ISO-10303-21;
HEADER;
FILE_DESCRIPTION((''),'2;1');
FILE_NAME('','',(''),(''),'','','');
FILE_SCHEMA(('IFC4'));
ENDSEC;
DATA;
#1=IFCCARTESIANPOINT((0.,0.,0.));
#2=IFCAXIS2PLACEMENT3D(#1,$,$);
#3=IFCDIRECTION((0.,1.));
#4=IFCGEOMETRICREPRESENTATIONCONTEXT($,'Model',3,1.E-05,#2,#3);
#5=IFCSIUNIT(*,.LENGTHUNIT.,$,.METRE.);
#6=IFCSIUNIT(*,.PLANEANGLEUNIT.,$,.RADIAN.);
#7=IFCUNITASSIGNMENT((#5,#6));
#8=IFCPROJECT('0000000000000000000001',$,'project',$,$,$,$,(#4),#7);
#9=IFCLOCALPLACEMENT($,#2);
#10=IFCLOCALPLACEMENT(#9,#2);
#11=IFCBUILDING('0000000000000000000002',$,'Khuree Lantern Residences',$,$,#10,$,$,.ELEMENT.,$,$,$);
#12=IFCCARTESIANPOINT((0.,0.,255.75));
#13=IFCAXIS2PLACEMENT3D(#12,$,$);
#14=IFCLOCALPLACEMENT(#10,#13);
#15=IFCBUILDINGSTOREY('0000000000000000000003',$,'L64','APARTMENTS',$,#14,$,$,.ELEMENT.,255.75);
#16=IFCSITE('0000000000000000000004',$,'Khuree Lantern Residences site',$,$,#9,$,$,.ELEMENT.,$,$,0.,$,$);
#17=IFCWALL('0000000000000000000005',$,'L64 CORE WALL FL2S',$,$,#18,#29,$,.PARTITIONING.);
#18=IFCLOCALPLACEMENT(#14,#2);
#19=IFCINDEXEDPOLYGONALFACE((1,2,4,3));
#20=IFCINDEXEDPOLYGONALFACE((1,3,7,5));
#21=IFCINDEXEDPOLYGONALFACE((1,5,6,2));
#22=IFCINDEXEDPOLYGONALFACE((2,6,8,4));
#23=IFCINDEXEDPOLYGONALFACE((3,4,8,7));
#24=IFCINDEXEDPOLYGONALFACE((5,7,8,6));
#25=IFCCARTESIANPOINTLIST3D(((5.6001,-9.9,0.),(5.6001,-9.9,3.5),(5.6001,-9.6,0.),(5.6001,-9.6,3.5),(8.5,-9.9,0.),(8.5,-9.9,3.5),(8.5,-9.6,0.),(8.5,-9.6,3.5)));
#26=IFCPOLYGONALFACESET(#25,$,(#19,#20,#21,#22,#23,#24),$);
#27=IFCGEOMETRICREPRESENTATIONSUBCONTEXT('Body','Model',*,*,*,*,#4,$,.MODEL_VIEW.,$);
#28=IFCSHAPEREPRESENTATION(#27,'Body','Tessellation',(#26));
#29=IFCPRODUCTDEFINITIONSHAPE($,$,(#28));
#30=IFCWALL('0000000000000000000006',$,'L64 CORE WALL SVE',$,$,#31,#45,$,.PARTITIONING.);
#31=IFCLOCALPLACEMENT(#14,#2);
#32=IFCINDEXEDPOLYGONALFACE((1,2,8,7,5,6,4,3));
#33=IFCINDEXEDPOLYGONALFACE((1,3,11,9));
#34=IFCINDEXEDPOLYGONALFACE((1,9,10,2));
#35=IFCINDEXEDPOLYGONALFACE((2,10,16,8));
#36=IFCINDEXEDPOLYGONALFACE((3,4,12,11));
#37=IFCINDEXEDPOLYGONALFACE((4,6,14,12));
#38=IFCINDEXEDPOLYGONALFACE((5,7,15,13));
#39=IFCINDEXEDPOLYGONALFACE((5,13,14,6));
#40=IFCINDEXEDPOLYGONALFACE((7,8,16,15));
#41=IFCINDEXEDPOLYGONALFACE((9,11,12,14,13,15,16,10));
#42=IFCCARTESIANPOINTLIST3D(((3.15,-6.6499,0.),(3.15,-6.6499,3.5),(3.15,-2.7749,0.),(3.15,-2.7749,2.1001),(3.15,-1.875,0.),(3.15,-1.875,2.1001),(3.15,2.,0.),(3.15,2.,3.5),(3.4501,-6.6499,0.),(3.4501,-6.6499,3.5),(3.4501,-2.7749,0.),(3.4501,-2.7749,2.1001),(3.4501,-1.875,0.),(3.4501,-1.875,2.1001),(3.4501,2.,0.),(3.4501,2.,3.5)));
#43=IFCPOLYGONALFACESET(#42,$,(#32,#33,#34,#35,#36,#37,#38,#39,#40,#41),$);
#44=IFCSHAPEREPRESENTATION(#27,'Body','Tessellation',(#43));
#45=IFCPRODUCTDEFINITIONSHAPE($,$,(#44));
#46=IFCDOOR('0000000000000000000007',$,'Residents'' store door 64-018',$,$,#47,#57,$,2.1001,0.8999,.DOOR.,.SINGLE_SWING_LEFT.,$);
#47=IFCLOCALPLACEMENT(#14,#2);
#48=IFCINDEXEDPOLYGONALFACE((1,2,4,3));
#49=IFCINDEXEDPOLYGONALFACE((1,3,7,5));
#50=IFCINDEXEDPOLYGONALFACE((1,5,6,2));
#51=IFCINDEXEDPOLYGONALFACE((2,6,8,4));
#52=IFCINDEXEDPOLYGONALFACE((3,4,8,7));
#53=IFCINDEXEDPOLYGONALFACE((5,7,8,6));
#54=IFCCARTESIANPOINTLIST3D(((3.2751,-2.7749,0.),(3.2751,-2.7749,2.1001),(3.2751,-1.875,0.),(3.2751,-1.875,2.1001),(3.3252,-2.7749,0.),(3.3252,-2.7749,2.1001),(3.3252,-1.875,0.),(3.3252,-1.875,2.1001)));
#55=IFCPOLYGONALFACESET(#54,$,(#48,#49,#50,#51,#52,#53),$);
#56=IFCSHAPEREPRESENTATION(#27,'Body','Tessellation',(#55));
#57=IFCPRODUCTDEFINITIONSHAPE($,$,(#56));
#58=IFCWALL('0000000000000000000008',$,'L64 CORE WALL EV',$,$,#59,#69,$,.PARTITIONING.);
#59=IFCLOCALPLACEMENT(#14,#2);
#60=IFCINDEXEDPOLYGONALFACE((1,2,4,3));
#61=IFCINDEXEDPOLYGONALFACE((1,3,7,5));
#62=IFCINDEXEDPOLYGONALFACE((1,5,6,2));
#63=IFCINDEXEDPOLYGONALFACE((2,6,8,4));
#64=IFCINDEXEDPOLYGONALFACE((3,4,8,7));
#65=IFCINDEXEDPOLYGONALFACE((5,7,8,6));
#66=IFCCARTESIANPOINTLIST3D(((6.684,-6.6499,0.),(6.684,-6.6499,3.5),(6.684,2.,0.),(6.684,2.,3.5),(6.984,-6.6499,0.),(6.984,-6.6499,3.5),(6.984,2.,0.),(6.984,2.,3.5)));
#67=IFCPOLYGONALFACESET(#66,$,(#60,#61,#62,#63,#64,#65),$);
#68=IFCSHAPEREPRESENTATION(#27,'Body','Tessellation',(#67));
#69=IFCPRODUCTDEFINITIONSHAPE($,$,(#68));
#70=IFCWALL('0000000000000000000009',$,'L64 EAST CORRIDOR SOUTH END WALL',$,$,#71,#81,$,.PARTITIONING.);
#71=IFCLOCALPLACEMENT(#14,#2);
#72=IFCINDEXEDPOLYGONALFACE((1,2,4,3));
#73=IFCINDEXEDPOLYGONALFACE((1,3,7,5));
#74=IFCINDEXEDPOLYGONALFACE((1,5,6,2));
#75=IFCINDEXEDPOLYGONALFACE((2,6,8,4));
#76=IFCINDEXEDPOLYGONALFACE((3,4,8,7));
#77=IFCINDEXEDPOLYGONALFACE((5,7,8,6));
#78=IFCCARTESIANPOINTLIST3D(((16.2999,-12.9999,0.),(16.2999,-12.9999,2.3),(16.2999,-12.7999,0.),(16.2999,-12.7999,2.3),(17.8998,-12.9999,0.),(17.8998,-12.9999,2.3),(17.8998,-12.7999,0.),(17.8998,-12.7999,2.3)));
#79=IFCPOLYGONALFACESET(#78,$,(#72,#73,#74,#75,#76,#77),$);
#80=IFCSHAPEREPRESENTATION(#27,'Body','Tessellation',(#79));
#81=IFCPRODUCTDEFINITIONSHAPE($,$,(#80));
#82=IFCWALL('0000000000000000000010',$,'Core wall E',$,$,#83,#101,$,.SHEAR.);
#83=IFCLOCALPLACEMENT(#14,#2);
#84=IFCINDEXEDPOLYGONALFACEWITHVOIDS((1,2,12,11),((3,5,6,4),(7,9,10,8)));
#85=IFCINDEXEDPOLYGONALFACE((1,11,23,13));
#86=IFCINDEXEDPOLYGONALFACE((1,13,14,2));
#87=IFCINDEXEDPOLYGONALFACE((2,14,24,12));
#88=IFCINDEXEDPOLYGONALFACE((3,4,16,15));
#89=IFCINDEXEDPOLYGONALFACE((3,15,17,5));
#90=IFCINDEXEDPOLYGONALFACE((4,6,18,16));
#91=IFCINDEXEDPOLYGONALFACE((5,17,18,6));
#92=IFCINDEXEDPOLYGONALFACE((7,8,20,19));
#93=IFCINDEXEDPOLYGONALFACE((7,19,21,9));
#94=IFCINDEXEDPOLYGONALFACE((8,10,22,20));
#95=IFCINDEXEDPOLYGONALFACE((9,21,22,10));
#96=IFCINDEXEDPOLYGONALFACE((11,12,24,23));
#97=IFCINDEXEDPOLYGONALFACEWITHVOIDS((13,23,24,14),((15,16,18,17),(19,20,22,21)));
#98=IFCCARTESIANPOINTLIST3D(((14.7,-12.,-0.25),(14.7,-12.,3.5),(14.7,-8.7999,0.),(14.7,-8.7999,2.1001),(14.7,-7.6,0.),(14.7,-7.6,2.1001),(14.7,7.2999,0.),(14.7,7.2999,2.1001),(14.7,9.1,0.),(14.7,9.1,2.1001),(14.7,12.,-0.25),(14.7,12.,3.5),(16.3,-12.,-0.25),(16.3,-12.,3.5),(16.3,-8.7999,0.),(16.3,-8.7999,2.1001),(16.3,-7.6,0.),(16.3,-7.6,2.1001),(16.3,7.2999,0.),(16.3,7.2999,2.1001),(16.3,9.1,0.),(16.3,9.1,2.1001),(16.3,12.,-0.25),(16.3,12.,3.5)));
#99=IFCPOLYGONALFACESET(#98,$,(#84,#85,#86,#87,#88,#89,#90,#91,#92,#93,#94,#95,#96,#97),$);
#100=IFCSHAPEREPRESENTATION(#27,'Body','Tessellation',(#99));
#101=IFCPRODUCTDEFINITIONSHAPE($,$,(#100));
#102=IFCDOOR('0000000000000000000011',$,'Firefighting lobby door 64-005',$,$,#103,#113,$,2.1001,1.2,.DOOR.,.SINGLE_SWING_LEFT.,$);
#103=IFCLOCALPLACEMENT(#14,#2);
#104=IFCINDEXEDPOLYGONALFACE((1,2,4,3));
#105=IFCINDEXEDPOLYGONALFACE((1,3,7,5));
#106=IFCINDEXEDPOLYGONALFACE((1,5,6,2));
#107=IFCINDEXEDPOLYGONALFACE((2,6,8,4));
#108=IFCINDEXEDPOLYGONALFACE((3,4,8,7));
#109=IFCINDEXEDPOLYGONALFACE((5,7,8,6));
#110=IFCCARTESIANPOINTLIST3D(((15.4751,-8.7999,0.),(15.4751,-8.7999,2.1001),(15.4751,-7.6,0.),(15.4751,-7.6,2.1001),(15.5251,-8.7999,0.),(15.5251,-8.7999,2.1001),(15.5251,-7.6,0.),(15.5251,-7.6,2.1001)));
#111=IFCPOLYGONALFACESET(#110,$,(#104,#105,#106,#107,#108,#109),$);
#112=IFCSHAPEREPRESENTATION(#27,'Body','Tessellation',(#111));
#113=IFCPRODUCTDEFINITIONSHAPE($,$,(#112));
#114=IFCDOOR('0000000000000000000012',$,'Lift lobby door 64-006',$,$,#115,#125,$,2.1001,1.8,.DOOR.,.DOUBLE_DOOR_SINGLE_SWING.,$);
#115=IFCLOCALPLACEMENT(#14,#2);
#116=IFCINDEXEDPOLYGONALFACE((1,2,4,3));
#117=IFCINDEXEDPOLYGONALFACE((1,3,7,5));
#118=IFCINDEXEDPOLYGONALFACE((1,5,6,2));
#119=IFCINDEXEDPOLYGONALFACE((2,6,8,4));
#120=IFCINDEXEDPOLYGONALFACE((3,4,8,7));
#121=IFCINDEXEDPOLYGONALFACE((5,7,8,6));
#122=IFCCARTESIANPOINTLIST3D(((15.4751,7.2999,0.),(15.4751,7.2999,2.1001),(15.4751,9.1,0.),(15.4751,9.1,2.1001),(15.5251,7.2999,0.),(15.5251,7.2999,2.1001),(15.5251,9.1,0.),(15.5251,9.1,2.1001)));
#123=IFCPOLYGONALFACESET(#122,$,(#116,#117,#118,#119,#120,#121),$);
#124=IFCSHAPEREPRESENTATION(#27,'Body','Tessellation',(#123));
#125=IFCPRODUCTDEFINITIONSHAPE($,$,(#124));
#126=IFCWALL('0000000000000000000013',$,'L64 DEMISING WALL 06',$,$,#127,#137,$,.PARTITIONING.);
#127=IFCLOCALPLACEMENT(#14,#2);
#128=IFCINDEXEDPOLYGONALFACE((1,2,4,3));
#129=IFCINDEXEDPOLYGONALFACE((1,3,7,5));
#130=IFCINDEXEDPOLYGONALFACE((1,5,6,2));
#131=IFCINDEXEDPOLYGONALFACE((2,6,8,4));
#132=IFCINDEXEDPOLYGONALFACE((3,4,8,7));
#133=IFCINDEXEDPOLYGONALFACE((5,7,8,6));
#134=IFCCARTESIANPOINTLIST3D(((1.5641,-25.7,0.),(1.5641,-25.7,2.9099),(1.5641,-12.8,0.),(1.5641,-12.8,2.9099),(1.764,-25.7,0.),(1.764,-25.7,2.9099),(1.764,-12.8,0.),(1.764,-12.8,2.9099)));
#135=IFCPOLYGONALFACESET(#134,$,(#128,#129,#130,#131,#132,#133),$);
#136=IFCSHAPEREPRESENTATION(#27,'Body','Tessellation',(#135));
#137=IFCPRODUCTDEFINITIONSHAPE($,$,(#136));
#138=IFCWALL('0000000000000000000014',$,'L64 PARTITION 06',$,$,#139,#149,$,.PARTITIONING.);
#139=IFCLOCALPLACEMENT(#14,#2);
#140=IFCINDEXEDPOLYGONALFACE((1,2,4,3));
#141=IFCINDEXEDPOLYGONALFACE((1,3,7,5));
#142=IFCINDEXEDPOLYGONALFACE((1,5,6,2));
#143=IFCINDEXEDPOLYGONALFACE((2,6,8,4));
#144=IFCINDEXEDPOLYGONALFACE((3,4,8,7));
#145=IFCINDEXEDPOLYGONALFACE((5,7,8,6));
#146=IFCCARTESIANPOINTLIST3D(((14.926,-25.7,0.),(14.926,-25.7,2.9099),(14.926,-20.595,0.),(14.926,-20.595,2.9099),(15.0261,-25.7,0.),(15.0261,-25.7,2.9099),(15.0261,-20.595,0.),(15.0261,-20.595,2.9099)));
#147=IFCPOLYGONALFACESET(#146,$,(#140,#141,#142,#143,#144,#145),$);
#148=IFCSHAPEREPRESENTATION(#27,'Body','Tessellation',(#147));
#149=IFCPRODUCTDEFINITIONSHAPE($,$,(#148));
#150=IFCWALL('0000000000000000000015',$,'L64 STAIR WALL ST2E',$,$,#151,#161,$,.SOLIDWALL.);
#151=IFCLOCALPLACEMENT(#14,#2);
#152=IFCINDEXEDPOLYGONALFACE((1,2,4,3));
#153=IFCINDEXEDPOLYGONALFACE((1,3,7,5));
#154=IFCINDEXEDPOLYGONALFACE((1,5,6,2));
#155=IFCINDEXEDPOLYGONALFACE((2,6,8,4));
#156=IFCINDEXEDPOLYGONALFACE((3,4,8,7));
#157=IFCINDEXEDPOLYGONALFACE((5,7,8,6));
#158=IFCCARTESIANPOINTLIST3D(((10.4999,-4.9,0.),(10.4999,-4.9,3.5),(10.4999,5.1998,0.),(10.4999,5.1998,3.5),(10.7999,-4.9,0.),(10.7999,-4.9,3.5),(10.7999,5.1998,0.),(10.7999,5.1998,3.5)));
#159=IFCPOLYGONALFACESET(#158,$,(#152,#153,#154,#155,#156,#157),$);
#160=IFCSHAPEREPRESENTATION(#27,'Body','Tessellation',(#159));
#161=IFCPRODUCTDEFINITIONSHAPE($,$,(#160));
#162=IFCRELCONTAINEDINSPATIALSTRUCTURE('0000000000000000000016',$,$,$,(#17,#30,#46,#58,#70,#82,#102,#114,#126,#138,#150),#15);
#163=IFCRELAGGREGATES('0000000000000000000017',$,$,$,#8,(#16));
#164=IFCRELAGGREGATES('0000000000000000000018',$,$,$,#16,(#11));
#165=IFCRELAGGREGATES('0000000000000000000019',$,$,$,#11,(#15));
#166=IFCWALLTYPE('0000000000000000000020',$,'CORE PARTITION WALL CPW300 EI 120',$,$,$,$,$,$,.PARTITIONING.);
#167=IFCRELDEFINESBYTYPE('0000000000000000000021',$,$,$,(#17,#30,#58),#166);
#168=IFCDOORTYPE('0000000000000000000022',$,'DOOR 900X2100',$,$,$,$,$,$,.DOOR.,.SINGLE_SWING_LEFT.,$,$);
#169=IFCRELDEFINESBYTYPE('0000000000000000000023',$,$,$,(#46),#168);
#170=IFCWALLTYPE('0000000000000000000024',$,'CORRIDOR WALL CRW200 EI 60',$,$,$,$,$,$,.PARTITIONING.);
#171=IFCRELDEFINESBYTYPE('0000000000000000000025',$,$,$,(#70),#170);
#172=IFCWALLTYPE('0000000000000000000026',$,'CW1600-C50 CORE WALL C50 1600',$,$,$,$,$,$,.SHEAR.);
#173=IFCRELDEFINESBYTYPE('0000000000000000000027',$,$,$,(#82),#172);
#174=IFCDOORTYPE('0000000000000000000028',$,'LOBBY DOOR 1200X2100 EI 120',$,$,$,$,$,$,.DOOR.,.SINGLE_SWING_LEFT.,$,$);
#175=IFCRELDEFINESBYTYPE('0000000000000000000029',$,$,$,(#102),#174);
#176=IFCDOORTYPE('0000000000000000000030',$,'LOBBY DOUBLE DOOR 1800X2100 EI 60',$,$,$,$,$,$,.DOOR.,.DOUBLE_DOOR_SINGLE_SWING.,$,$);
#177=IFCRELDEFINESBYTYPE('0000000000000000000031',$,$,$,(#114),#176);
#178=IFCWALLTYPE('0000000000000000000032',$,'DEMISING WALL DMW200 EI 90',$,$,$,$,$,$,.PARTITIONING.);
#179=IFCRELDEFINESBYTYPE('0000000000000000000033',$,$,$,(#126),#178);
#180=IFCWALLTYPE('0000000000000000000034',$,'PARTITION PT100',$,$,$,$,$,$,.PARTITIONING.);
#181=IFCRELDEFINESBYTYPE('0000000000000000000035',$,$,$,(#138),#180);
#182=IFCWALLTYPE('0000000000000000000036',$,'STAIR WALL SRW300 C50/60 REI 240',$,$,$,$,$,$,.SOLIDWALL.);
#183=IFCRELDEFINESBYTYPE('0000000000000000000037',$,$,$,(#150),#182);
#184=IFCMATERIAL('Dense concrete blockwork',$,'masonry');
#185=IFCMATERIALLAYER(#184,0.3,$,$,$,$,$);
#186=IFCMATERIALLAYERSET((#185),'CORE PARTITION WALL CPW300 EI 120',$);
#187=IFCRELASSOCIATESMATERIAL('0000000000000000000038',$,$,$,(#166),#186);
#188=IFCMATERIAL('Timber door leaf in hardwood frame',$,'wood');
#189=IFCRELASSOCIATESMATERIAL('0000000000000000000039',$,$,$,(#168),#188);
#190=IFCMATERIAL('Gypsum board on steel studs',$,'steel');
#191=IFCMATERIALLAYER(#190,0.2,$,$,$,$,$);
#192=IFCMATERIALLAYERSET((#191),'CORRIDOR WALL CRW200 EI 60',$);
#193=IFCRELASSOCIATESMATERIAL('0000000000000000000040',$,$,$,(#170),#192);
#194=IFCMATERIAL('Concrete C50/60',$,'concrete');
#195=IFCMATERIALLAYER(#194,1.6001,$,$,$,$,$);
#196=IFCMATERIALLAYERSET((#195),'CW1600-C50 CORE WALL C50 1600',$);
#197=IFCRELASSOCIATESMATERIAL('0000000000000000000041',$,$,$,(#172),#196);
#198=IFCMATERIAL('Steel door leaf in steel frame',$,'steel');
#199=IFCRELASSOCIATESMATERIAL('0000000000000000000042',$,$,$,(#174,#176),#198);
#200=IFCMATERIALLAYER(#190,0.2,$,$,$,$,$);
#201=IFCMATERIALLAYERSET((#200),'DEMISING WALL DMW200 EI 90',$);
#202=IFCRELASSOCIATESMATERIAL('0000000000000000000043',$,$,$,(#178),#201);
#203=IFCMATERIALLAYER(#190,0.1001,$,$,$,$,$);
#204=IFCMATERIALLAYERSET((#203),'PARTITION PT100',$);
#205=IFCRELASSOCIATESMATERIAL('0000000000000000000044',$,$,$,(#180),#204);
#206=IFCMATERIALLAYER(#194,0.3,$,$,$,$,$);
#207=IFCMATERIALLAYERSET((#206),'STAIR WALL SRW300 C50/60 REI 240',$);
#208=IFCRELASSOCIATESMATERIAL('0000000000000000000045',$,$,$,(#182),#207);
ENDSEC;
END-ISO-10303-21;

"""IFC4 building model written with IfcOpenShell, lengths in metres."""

from ifc_helpers import new_model, si_unit, direction, frame, frame_2d, origin, place, context, subcontext, project, spatial, rectangle, extrude, material, layer, layer_set, type_object, element, fill, save


model = new_model("IFC4")

# Units and contexts
model_context = context("Model", 3, precision=1e-05, world=origin(), true_north=direction((0.0, 1.0)))
body_context = subcontext(model_context, "Body", "Model", "MODEL_VIEW")
ifc_project = project(units=[si_unit("LENGTHUNIT", "METRE"), si_unit("PLANEANGLEUNIT", "RADIAN")], contexts=[model_context])

# Site, building, storey
site_placement = place(None, origin())
site = spatial("IfcSite", under=ifc_project, at=site_placement, Name="Khuree Lantern Residences site", CompositionType="ELEMENT", RefElevation=0.0)
building_placement = place(site_placement, origin())
building = spatial("IfcBuilding", under=site, at=building_placement, Name="Khuree Lantern Residences", CompositionType="ELEMENT")
storey_placement = place(building_placement, frame((0.0, 0.0, 255.75)))
storey = spatial("IfcBuildingStorey", under=building, at=storey_placement, Name="L64", Description="APARTMENTS", CompositionType="ELEMENT", Elevation=255.75)

# Shared definitions
ifc_material_1 = material(Name="Concrete C50/60", Category="concrete")

# Shared definitions
ifc_material_2 = material(Name="Timber door leaf in hardwood frame", Category="wood")

# Shared definitions
ifc_material_3 = material(Name="Dense concrete blockwork", Category="masonry")
ifc_layer_1 = layer(ifc_material_3, 0.3)
ifc_layer_set_1 = layer_set([ifc_layer_1], Name="CORE PARTITION WALL CPW300 EI 120")
wall_type_1 = type_object("IfcWallType", Name="CORE PARTITION WALL CPW300 EI 120", PredefinedType="PARTITIONING", material=ifc_layer_set_1)

# Wall
wall_1_placement = place(storey_placement, frame((5.6001, -9.75, 0.0), z_axis=(0.0, 0.0, 1.0), x_axis=(1.0, 0.0, 0.0)))
element("IfcWall", 1, at=wall_1_placement, inside=storey, type_object=wall_type_1, Name="L64 CORE WALL FL2S", PredefinedType="PARTITIONING", context=body_context, shape_type="SweptSolid", body=[
    extrude(rectangle(XDim=2.8999, YDim=0.3, at=frame_2d((1.45, 0.0))), origin(), (0.0, 0.0, 1.0), 3.5),
])

# Wall, opening, door
wall_2_placement = place(storey_placement, frame((3.3, -6.6499, 0.0), z_axis=(0.0, 0.0, 1.0), x_axis=(0.0, 1.0, 0.0)))
wall_2 = element("IfcWall", 2, at=wall_2_placement, inside=storey, type_object=wall_type_1, Name="L64 CORE WALL SVE", PredefinedType="PARTITIONING", context=body_context, shape_type="SweptSolid", body=[
    extrude(rectangle(XDim=8.6499, YDim=0.3, at=frame_2d((4.325, 0.0))), origin(), (0.0, 0.0, 1.0), 3.5),
])
opening_1_placement = place(wall_2_placement, frame((3.875, 0.0, 0.0)))
opening_1 = element("IfcOpeningElement", 3, at=opening_1_placement, cuts=wall_2, PredefinedType="OPENING", context=body_context, shape_type="SweptSolid", body=[
    extrude(rectangle(XDim=0.8999, YDim=2.1001, at=frame_2d((0.45, 1.05))), frame((0.0, 0.1602, 0.0), z_axis=(0.0, -1.0, 0.0), x_axis=(1.0, 0.0, 0.0)), (0.0, 0.0, 1.0), 0.3201),
])
door_type_1 = type_object("IfcDoorType", Name="DOOR 900X2100", OperationType="SINGLE_SWING_LEFT", PredefinedType="DOOR", material=ifc_material_2)
door_1_placement = place(opening_1_placement, origin())
door_1 = element("IfcDoor", 4, at=door_1_placement, inside=storey, type_object=door_type_1, Name="Residents' store door 64-018", OperationType="SINGLE_SWING_LEFT", OverallHeight=2.1001, OverallWidth=0.8999, PredefinedType="DOOR", context=body_context, shape_type="SweptSolid", body=[
    extrude(rectangle(XDim=0.8999, YDim=2.1001, at=frame_2d((0.45, 1.05))), frame((0.0, 0.0249, 0.0), z_axis=(0.0, -1.0, 0.0), x_axis=(1.0, 0.0, 0.0)), (0.0, 0.0, 1.0), 0.05),
])
fill(opening_1, door_1)

# Walls
wall_3_placement = place(storey_placement, frame((6.834, -6.6499, 0.0), z_axis=(0.0, 0.0, 1.0), x_axis=(0.0, 1.0, 0.0)))
element("IfcWall", 5, at=wall_3_placement, inside=storey, type_object=wall_type_1, Name="L64 CORE WALL EV", PredefinedType="PARTITIONING", context=body_context, shape_type="SweptSolid", body=[
    extrude(rectangle(XDim=8.6499, YDim=0.3, at=frame_2d((4.325, 0.0))), origin(), (0.0, 0.0, 1.0), 3.5),
])
ifc_material_4 = material(Name="Gypsum board on steel studs", Category="steel")
ifc_layer_2 = layer(ifc_material_4, 0.2)
ifc_layer_set_2 = layer_set([ifc_layer_2], Name="CORRIDOR WALL CRW200 EI 60")
wall_type_2 = type_object("IfcWallType", Name="CORRIDOR WALL CRW200 EI 60", PredefinedType="PARTITIONING", material=ifc_layer_set_2)
wall_4_placement = place(storey_placement, frame((16.3, -12.8999, 0.0), z_axis=(0.0, 0.0, 1.0), x_axis=(1.0, 0.0, 0.0)))
element("IfcWall", 6, at=wall_4_placement, inside=storey, type_object=wall_type_2, Name="L64 EAST CORRIDOR SOUTH END WALL", PredefinedType="PARTITIONING", context=body_context, shape_type="SweptSolid", body=[
    extrude(rectangle(XDim=1.5999, YDim=0.2, at=frame_2d((0.7998, 0.0))), origin(), (0.0, 0.0, 1.0), 2.3),
])

# Wall, openings, doors
ifc_layer_3 = layer(ifc_material_1, 1.6001)
ifc_layer_set_3 = layer_set([ifc_layer_3], Name="CW1600-C50 CORE WALL C50 1600")
wall_type_3 = type_object("IfcWallType", Name="CW1600-C50 CORE WALL C50 1600", PredefinedType="SHEAR", material=ifc_layer_set_3)
wall_5_placement = place(storey_placement, frame((15.5, -12.0, -0.25), z_axis=(0.0, 0.0, 1.0), x_axis=(0.0, 1.0, 0.0)))
wall_5 = element("IfcWall", 7, at=wall_5_placement, inside=storey, type_object=wall_type_3, Name="Core wall E", PredefinedType="SHEAR", context=body_context, shape_type="SweptSolid", body=[
    extrude(rectangle(XDim=24.0, YDim=1.6001, at=frame_2d((12.0, 0.0))), origin(), (0.0, 0.0, 1.0), 3.75),
])
opening_2_placement = place(wall_5_placement, frame((3.2, 0.0, 0.25)))
opening_2 = element("IfcOpeningElement", 8, at=opening_2_placement, cuts=wall_5, PredefinedType="OPENING", context=body_context, shape_type="SweptSolid", body=[
    extrude(rectangle(XDim=1.2, YDim=2.1001, at=frame_2d((0.6001, 1.05))), frame((0.0, 0.8101, 0.0), z_axis=(0.0, -1.0, 0.0), x_axis=(1.0, 0.0, 0.0)), (0.0, 0.0, 1.0), 1.6201),
])
opening_3_placement = place(wall_5_placement, frame((19.3, 0.0, 0.25)))
opening_3 = element("IfcOpeningElement", 9, at=opening_3_placement, cuts=wall_5, PredefinedType="OPENING", context=body_context, shape_type="SweptSolid", body=[
    extrude(rectangle(XDim=1.8, YDim=2.1001, at=frame_2d((0.8999, 1.05))), frame((0.0, 0.8101, 0.0), z_axis=(0.0, -1.0, 0.0), x_axis=(1.0, 0.0, 0.0)), (0.0, 0.0, 1.0), 1.6201),
])
ifc_material_5 = material(Name="Steel door leaf in steel frame", Category="steel")
door_type_2 = type_object("IfcDoorType", Name="LOBBY DOOR 1200X2100 EI 120", OperationType="SINGLE_SWING_LEFT", PredefinedType="DOOR", material=ifc_material_5)
door_2_placement = place(opening_2_placement, origin())
door_2 = element("IfcDoor", 10, at=door_2_placement, inside=storey, type_object=door_type_2, Name="Firefighting lobby door 64-005", OperationType="SINGLE_SWING_LEFT", OverallHeight=2.1001, OverallWidth=1.2, PredefinedType="DOOR", context=body_context, shape_type="SweptSolid", body=[
    extrude(rectangle(XDim=1.2, YDim=2.1001, at=frame_2d((0.6001, 1.05))), frame((0.0, 0.0249, 0.0), z_axis=(0.0, -1.0, 0.0), x_axis=(1.0, 0.0, 0.0)), (0.0, 0.0, 1.0), 0.05),
])
fill(opening_2, door_2)
door_type_3 = type_object("IfcDoorType", Name="LOBBY DOUBLE DOOR 1800X2100 EI 60", OperationType="DOUBLE_DOOR_SINGLE_SWING", PredefinedType="DOOR", material=ifc_material_5)
door_3_placement = place(opening_3_placement, origin())
door_3 = element("IfcDoor", 11, at=door_3_placement, inside=storey, type_object=door_type_3, Name="Lift lobby door 64-006", OperationType="DOUBLE_DOOR_SINGLE_SWING", OverallHeight=2.1001, OverallWidth=1.8, PredefinedType="DOOR", context=body_context, shape_type="SweptSolid", body=[
    extrude(rectangle(XDim=1.8, YDim=2.1001, at=frame_2d((0.8999, 1.05))), frame((0.0, 0.0249, 0.0), z_axis=(0.0, -1.0, 0.0), x_axis=(1.0, 0.0, 0.0)), (0.0, 0.0, 1.0), 0.05),
])
fill(opening_3, door_3)

# Walls
ifc_layer_4 = layer(ifc_material_4, 0.2)
ifc_layer_set_4 = layer_set([ifc_layer_4], Name="DEMISING WALL DMW200 EI 90")
wall_type_4 = type_object("IfcWallType", Name="DEMISING WALL DMW200 EI 90", PredefinedType="PARTITIONING", material=ifc_layer_set_4)
wall_6_placement = place(storey_placement, frame((1.6641, -12.8, 0.0), z_axis=(0.0, 0.0, 1.0), x_axis=(0.0, -1.0, 0.0)))
element("IfcWall", 12, at=wall_6_placement, inside=storey, type_object=wall_type_4, Name="L64 DEMISING WALL 06", PredefinedType="PARTITIONING", context=body_context, shape_type="SweptSolid", body=[
    extrude(rectangle(XDim=12.8999, YDim=0.2, at=frame_2d((6.45, 0.0))), origin(), (0.0, 0.0, 1.0), 2.9099),
])
ifc_layer_5 = layer(ifc_material_4, 0.1001)
ifc_layer_set_5 = layer_set([ifc_layer_5], Name="PARTITION PT100")
wall_type_5 = type_object("IfcWallType", Name="PARTITION PT100", PredefinedType="PARTITIONING", material=ifc_layer_set_5)
wall_7_placement = place(storey_placement, frame((14.9761, -20.595, 0.0), z_axis=(0.0, 0.0, 1.0), x_axis=(0.0, -1.0, 0.0)))
element("IfcWall", 13, at=wall_7_placement, inside=storey, type_object=wall_type_5, Name="L64 PARTITION 06", PredefinedType="PARTITIONING", context=body_context, shape_type="SweptSolid", body=[
    extrude(rectangle(XDim=5.105, YDim=0.1001, at=frame_2d((2.5525, 0.0))), origin(), (0.0, 0.0, 1.0), 2.9099),
])
ifc_layer_6 = layer(ifc_material_1, 0.3)
ifc_layer_set_6 = layer_set([ifc_layer_6], Name="STAIR WALL SRW300 C50/60 REI 240")
wall_type_6 = type_object("IfcWallType", Name="STAIR WALL SRW300 C50/60 REI 240", PredefinedType="SOLIDWALL", material=ifc_layer_set_6)
wall_8_placement = place(storey_placement, frame((10.6499, -4.8999, 0.0), z_axis=(0.0, 0.0, 1.0), x_axis=(0.0, 1.0, 0.0)))
element("IfcWall", 14, at=wall_8_placement, inside=storey, type_object=wall_type_6, Name="L64 STAIR WALL ST2E", PredefinedType="SOLIDWALL", context=body_context, shape_type="SweptSolid", body=[
    extrude(rectangle(XDim=10.0999, YDim=0.3, at=frame_2d((5.0498, 0.0))), origin(), (0.0, 0.0, 1.0), 3.5),
])

save(model, "model.ifc")
